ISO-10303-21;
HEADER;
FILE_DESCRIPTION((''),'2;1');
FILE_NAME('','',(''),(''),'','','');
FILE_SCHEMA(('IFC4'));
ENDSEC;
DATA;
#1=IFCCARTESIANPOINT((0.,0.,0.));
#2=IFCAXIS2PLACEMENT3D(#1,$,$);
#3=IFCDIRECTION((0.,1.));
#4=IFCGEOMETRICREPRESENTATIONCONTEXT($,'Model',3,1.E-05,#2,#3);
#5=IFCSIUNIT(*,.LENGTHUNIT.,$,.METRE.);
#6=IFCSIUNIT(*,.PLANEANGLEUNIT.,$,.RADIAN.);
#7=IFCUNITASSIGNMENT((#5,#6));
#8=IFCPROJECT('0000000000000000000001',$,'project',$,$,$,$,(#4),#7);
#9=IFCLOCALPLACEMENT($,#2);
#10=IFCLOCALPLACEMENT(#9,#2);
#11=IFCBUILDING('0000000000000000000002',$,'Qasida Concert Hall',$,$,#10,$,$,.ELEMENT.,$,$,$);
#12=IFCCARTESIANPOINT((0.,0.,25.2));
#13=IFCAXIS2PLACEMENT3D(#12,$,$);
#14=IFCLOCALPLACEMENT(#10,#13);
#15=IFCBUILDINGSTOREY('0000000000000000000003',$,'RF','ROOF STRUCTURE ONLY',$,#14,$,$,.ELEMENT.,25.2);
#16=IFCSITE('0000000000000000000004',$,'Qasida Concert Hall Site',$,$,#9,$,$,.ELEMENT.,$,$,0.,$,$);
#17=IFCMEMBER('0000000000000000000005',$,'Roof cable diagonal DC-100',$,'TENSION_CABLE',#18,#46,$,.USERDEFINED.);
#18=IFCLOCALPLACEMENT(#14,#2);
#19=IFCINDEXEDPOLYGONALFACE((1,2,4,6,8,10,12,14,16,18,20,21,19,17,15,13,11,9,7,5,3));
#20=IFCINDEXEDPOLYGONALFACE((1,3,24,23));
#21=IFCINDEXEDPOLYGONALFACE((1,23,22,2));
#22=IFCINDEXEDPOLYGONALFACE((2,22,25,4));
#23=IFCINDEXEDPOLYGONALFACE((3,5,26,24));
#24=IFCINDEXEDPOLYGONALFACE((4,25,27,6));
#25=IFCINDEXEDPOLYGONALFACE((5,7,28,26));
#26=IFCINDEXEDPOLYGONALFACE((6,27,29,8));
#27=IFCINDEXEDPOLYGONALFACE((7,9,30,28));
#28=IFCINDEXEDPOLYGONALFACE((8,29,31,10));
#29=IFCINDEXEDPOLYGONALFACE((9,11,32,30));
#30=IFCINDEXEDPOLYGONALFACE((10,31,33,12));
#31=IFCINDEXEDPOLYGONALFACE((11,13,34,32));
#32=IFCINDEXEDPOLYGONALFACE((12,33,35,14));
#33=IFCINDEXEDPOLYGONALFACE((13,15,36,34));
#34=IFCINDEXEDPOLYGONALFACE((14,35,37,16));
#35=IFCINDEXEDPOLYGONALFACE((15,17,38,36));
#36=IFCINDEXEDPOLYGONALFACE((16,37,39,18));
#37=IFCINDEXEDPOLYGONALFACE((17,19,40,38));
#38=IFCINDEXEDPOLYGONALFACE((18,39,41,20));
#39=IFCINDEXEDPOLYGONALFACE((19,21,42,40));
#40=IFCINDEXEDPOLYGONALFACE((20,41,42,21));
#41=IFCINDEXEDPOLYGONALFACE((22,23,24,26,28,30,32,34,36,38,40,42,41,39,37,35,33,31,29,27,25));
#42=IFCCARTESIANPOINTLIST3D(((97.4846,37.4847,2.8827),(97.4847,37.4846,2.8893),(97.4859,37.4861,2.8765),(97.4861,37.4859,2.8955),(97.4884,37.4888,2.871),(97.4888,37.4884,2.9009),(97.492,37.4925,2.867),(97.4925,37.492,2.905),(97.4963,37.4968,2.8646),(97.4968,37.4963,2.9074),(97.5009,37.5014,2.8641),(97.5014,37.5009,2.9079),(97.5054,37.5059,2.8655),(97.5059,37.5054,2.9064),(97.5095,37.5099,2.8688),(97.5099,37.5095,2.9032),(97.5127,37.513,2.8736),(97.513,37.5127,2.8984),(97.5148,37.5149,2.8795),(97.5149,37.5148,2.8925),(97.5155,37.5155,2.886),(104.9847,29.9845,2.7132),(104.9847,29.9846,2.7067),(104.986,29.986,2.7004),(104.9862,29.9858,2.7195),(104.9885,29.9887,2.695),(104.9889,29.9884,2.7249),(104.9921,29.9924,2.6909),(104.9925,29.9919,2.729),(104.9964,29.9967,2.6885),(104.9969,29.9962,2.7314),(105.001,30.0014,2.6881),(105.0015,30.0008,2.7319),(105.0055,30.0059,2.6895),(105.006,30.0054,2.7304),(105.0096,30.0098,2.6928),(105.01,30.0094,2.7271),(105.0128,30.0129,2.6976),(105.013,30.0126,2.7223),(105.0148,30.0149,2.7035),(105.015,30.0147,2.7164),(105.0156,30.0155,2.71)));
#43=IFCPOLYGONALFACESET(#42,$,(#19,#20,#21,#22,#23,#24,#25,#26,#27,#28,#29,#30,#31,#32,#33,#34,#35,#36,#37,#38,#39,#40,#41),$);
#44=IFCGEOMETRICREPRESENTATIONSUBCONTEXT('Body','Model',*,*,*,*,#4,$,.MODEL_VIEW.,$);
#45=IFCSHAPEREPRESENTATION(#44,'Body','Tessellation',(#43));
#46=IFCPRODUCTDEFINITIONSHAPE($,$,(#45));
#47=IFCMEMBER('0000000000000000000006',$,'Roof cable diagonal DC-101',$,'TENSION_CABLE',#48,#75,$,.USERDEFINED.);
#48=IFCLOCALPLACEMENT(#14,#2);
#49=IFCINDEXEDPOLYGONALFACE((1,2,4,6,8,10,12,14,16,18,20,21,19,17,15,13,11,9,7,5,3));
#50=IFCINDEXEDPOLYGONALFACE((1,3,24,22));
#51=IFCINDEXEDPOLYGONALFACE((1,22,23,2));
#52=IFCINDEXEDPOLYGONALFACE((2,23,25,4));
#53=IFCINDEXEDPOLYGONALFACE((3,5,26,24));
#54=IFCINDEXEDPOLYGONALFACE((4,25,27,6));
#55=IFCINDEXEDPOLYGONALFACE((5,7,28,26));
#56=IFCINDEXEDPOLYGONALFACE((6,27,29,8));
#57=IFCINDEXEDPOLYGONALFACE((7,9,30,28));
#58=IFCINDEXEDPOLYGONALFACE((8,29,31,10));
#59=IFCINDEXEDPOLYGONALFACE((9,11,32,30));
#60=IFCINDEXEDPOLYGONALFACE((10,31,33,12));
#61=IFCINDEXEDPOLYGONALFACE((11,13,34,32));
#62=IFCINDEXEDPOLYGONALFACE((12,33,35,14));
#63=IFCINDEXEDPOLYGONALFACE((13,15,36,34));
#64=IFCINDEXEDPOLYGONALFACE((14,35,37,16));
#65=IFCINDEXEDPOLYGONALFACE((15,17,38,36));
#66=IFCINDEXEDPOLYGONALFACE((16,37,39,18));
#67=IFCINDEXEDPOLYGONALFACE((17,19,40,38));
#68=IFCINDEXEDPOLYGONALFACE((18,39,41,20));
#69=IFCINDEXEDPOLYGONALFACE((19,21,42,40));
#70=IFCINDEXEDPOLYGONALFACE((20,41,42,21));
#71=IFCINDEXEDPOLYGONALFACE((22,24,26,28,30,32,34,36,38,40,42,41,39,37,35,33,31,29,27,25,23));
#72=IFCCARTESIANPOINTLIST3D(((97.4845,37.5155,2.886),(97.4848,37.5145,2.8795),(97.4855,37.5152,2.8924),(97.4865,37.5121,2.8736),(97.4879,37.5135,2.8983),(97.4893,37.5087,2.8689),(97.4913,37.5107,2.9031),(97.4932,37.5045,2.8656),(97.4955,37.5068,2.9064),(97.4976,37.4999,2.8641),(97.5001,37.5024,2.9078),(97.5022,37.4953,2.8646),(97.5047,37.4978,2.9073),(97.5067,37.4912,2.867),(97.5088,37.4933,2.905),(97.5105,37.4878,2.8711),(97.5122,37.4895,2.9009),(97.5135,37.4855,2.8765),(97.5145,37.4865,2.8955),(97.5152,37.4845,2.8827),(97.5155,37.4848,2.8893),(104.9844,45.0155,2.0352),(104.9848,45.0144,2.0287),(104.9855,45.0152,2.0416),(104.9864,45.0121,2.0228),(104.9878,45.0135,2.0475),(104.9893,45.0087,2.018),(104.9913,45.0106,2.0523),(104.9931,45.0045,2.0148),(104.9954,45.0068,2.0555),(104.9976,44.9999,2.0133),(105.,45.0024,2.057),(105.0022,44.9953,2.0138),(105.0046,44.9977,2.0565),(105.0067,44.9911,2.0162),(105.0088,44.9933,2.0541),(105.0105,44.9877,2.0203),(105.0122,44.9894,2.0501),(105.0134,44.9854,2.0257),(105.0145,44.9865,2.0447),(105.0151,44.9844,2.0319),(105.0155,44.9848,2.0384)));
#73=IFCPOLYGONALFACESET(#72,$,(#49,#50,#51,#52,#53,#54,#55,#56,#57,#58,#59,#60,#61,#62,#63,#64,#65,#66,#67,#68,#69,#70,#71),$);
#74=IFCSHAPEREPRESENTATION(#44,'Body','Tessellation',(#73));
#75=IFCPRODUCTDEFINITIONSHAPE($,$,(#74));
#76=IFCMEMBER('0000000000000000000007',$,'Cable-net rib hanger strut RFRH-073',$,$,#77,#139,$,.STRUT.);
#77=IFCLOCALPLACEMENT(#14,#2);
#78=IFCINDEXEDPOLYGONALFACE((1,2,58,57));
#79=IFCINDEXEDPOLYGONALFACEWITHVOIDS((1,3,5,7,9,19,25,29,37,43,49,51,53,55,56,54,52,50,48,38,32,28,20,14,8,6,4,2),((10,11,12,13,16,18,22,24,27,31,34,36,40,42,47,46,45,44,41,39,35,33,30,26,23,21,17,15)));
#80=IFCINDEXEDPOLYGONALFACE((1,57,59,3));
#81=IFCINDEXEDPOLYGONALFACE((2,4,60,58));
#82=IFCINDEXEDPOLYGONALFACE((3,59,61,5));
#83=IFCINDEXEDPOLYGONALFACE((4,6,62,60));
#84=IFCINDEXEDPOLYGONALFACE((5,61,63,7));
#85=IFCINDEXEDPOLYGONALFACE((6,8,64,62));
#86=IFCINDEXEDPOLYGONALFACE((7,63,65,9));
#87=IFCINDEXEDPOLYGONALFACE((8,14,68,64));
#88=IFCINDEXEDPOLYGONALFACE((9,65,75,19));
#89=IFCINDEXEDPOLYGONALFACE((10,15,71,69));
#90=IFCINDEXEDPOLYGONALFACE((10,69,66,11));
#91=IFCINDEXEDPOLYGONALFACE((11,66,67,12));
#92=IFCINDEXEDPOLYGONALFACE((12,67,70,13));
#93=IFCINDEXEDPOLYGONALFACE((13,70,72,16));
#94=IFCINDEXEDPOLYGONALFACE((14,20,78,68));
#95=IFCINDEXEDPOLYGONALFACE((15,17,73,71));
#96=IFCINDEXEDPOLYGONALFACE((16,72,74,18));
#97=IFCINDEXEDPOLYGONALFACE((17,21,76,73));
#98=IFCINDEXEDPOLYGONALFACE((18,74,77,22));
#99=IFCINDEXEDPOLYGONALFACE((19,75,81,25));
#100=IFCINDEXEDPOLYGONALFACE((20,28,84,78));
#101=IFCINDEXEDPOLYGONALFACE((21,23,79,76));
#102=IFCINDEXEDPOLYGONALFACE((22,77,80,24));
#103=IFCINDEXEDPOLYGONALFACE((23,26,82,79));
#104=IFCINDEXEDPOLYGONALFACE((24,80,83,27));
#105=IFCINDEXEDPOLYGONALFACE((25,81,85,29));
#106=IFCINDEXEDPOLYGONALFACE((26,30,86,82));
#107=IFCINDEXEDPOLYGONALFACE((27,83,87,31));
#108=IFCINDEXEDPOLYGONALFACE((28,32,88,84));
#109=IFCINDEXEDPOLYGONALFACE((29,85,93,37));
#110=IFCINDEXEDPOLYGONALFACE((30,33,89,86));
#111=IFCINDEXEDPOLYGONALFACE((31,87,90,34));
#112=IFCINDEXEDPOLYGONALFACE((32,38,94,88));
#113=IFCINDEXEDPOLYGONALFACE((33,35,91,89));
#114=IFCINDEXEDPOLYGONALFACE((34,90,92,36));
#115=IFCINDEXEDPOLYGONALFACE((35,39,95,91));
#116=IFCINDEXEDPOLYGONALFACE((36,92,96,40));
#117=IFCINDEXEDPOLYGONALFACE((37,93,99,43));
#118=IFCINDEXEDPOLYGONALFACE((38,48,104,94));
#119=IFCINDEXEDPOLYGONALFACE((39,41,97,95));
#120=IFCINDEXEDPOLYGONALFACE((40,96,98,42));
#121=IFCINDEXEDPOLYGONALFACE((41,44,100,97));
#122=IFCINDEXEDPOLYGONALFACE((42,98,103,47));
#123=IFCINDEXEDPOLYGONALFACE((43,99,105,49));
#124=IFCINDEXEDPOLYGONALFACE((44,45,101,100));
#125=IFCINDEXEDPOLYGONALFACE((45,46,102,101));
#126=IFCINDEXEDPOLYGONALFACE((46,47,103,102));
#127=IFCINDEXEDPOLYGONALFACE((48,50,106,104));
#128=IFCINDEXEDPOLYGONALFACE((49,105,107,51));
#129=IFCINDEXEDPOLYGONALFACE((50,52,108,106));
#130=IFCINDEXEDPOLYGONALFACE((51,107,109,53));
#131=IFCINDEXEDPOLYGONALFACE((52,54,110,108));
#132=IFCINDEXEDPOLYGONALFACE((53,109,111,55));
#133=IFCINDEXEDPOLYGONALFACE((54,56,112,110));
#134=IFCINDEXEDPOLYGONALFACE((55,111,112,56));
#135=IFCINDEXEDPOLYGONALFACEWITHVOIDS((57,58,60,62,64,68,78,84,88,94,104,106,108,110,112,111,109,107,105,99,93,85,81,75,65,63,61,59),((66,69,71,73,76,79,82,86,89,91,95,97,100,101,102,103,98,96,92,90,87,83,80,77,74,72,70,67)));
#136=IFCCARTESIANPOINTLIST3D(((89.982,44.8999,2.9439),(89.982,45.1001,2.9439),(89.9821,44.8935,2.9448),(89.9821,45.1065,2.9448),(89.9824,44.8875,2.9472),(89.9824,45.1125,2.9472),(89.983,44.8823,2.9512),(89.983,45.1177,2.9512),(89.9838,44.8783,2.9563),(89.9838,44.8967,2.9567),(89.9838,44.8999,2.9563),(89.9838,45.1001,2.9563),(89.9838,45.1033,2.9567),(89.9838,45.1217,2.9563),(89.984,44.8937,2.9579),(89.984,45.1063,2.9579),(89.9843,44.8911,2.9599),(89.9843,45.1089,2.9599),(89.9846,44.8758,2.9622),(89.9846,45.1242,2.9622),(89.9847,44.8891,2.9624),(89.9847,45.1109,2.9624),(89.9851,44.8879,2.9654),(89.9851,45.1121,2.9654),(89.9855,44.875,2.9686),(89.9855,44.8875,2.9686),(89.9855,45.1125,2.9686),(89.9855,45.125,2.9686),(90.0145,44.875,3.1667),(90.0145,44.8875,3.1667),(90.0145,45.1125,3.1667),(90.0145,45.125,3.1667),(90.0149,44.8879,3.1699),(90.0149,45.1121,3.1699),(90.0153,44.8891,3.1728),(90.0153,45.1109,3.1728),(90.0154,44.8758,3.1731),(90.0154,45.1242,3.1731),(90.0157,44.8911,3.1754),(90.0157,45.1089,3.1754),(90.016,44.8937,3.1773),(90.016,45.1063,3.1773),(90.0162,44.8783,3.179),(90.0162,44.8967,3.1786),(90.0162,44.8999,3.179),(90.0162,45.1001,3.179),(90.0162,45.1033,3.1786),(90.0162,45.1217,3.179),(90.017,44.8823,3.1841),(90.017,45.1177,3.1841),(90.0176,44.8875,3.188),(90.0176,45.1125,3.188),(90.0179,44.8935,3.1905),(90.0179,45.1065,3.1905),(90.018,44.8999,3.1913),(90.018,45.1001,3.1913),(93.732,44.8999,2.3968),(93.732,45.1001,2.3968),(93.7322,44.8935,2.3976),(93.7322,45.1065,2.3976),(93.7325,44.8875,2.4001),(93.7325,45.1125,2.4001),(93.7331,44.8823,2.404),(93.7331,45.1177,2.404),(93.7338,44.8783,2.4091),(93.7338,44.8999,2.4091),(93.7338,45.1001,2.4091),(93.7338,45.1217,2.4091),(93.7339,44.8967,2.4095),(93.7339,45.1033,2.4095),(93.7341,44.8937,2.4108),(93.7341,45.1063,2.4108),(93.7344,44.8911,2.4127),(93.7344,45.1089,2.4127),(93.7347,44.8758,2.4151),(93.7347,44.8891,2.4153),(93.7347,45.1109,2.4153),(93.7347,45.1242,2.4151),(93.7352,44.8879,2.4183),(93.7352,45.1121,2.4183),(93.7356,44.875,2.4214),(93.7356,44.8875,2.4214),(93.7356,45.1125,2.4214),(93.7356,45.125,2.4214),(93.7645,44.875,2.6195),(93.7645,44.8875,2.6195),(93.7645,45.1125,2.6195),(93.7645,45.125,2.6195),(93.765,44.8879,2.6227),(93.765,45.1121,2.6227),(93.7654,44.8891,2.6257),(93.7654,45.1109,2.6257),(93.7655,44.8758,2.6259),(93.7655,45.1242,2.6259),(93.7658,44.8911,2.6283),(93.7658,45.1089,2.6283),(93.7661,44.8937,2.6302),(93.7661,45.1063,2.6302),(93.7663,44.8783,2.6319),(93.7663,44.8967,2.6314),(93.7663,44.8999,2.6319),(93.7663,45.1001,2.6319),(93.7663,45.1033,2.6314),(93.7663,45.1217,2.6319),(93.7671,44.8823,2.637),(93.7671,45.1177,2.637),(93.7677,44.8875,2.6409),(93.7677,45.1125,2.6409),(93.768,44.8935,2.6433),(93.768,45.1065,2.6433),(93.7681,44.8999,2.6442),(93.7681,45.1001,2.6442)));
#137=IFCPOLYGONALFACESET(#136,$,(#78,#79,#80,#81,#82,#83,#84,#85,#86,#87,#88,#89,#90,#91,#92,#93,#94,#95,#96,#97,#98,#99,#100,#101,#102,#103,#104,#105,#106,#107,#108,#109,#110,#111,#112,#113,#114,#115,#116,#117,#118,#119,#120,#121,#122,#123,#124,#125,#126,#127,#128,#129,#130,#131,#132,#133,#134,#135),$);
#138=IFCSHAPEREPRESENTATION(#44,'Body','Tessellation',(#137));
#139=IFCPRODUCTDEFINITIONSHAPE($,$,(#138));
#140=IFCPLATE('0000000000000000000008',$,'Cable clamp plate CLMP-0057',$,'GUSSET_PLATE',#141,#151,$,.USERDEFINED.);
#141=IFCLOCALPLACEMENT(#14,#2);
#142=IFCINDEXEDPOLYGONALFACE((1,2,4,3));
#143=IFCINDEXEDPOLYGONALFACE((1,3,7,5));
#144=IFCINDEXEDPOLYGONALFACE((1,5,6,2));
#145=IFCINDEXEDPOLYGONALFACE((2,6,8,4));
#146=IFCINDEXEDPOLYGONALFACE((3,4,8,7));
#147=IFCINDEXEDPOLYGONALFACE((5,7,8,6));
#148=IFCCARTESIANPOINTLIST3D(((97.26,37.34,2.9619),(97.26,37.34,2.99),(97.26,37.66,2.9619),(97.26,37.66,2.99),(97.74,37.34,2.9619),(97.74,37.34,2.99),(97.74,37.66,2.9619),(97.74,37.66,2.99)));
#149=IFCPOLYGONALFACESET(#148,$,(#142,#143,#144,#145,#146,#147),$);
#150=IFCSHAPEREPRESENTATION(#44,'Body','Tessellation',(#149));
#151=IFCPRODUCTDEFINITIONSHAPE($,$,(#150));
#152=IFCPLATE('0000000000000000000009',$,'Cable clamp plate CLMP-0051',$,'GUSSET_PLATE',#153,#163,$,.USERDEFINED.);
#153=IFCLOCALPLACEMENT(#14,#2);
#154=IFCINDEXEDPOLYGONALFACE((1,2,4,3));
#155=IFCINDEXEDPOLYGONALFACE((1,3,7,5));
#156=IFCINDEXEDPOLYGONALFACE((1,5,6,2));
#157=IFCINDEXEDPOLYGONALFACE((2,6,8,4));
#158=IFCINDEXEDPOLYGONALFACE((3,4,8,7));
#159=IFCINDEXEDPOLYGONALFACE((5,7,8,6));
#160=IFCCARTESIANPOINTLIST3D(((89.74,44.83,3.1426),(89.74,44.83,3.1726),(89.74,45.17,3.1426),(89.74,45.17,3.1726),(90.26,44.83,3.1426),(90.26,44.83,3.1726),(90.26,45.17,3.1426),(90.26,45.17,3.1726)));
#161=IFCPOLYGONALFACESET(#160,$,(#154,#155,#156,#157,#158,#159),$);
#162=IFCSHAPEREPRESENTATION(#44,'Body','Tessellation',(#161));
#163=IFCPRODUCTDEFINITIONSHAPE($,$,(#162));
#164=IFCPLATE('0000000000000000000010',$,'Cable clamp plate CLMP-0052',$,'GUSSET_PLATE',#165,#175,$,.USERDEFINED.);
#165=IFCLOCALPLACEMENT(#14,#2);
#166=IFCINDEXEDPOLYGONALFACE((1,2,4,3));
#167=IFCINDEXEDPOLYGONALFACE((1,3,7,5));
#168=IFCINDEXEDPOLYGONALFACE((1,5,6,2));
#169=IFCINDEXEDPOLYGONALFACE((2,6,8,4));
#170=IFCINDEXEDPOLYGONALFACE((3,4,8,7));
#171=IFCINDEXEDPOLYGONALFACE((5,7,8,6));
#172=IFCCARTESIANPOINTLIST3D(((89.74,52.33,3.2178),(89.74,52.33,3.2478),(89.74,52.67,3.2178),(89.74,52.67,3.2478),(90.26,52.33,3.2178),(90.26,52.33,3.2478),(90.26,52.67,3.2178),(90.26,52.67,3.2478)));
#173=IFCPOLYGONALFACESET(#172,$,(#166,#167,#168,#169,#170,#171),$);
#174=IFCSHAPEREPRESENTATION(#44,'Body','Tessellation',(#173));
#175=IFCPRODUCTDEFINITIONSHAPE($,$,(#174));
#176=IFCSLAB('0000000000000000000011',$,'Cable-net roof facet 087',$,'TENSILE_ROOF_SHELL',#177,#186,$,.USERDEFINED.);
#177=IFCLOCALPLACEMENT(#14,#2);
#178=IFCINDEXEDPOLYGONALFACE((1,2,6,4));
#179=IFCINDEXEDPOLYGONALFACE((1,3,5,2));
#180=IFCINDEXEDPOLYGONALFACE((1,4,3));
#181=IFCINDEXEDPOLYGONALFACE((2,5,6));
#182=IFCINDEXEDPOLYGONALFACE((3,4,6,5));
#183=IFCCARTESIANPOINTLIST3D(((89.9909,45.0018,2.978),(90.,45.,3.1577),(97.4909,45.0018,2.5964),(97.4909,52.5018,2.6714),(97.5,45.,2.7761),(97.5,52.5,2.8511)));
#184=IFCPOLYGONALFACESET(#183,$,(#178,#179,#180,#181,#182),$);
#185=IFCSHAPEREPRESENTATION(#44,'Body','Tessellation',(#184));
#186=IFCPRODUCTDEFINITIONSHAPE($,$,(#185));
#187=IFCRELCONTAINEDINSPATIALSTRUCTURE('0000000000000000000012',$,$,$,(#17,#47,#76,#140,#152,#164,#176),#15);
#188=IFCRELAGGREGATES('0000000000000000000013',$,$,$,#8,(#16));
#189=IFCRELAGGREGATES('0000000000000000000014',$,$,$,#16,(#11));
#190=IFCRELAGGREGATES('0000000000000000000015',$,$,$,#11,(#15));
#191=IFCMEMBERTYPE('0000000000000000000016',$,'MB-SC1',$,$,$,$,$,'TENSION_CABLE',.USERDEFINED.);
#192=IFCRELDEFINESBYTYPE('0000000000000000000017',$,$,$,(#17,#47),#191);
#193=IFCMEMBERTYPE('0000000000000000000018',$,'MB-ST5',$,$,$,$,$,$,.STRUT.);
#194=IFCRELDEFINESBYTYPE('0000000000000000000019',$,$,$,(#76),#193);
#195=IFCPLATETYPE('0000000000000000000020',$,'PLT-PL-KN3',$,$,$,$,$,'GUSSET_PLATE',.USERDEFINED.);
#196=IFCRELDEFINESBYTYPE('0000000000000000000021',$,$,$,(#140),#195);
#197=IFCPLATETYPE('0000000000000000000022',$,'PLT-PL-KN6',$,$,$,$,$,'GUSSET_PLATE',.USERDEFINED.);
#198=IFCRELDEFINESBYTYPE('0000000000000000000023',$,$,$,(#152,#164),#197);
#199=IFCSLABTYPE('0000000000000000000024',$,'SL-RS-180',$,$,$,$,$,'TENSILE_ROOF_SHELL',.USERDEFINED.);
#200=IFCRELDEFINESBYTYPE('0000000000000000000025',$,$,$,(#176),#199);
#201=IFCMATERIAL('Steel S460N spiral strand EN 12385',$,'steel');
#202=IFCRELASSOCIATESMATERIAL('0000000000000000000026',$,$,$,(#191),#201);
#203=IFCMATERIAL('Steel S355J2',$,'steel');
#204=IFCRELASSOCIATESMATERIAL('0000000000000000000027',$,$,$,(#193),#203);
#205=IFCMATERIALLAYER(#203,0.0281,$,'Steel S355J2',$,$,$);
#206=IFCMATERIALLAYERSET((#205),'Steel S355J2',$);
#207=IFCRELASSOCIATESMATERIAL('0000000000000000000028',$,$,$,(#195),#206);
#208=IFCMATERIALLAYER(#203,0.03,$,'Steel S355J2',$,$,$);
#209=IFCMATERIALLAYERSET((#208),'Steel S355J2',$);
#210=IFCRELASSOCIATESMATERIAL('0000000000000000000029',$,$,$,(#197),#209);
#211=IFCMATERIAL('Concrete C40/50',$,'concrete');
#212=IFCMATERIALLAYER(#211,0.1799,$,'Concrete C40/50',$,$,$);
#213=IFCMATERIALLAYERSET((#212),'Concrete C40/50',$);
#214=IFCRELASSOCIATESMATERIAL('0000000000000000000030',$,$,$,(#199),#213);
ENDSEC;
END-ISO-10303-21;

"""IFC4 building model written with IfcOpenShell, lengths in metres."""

from ifc_helpers import new_model, si_unit, direction, frame, origin, origin_2d, place, context, subcontext, project, spatial, polyline, rectangle, hollow_rectangle, circle, outline, extrude, material, layer, layer_set, material_profile, profile_set, type_object, element, save


model = new_model("IFC4")

# Units and contexts
model_context = context("Model", 3, precision=1e-05, world=origin(), true_north=direction((0.0, 1.0)))
body_context = subcontext(model_context, "Body", "Model", "MODEL_VIEW")
ifc_project = project(units=[si_unit("LENGTHUNIT", "METRE"), si_unit("PLANEANGLEUNIT", "RADIAN")], contexts=[model_context])

# Site, building, storey
site_placement = place(None, origin())
site = spatial("IfcSite", under=ifc_project, at=site_placement, Name="Qasida Concert Hall Site", CompositionType="ELEMENT", RefElevation=0.0)
building_placement = place(site_placement, origin())
building = spatial("IfcBuilding", under=site, at=building_placement, Name="Qasida Concert Hall", CompositionType="ELEMENT")
storey_placement = place(building_placement, frame((0.0, 0.0, 25.2)))
storey = spatial("IfcBuildingStorey", under=building, at=storey_placement, Name="RF", Description="ROOF STRUCTURE ONLY", CompositionType="ELEMENT", Elevation=25.2)

# Members
ifc_material_1 = material(Name="Steel S460N spiral strand EN 12385", Category="steel")
ifc_material_2 = material(Name="Steel S355J2", Category="steel")
ifc_material_profile_1 = material_profile(ifc_material_1, circle(Radius=0.022, at=origin_2d()), Name="STRAND D44")
ifc_profile_set_1 = profile_set([ifc_material_profile_1], Name="Steel S460N spiral strand EN 12385")
member_type_1 = type_object("IfcMemberType", Name="MB-SC1", ElementType="TENSION_CABLE", PredefinedType="USERDEFINED", material=ifc_profile_set_1)
member_1_placement = place(storey_placement, frame((97.5, 37.5, 2.886), z_axis=(0.707009, -0.707009, -0.016594), x_axis=(0.707107, 0.707107, 0.0)))
element("IfcMember", 1, at=member_1_placement, inside=storey, type_object=member_type_1, Name="Roof cable diagonal DC-100", ObjectType="TENSION_CABLE", PredefinedType="USERDEFINED", context=body_context, shape_type="SweptSolid", body=[
    extrude(circle(Radius=0.022, at=origin_2d()), origin(), (0.0, 0.0, 1.0), 10.6082),
])
member_2_placement = place(storey_placement, frame((97.5, 37.5, 2.886), z_axis=(0.704843, 0.704843, -0.07996), x_axis=(-0.707107, 0.707107, 0.0)))
element("IfcMember", 2, at=member_2_placement, inside=storey, type_object=member_type_1, Name="Roof cable diagonal DC-101", ObjectType="TENSION_CABLE", PredefinedType="USERDEFINED", context=body_context, shape_type="SweptSolid", body=[
    extrude(circle(Radius=0.022, at=origin_2d()), origin(), (0.0, 0.0, 1.0), 10.6406),
])
ifc_material_profile_2 = material_profile(ifc_material_2, hollow_rectangle(XDim=0.25, YDim=0.25, WallThickness=0.0125, InnerFilletRadius=0.0125, OuterFilletRadius=0.0249, at=origin_2d()), Name="SHS 250x250x12.5")
ifc_profile_set_2 = profile_set([ifc_material_profile_2], Name="Steel S355J2")
member_type_2 = type_object("IfcMemberType", Name="MB-ST5", PredefinedType="STRUT", material=ifc_profile_set_2)
member_3_placement = place(storey_placement, frame((90.0, 45.0, 3.0676), z_axis=(0.989524, 0.0, -0.14437), x_axis=(0.0, 1.0, 0.0)))
element("IfcMember", 3, at=member_3_placement, inside=storey, type_object=member_type_2, Name="Cable-net rib hanger strut RFRH-073", PredefinedType="STRUT", context=body_context, shape_type="SweptSolid", body=[
    extrude(hollow_rectangle(XDim=0.25, YDim=0.25, WallThickness=0.0125, InnerFilletRadius=0.0125, OuterFilletRadius=0.0249, at=origin_2d()), origin(), (0.0, 0.0, 1.0), 3.7898),
])

# Plates
ifc_layer_1 = layer(ifc_material_2, 0.0281, Name="Steel S355J2")
ifc_layer_set_1 = layer_set([ifc_layer_1], Name="Steel S355J2")
plate_type_1 = type_object("IfcPlateType", Name="PLT-PL-KN3", ElementType="GUSSET_PLATE", PredefinedType="USERDEFINED", material=ifc_layer_set_1)
plate_placement = place(storey_placement, frame((97.5, 37.5, 2.9619), z_axis=(0.0, 0.0, 1.0), x_axis=(1.0, 0.0, 0.0)))
element("IfcPlate", 4, at=plate_placement, inside=storey, type_object=plate_type_1, Name="Cable clamp plate CLMP-0057", ObjectType="GUSSET_PLATE", PredefinedType="USERDEFINED", context=body_context, shape_type="SweptSolid", body=[
    extrude(rectangle(XDim=0.48, YDim=0.3201, at=origin_2d()), origin(), (0.0, 0.0, 1.0), 0.0281),
])
ifc_layer_2 = layer(ifc_material_2, 0.03, Name="Steel S355J2")
ifc_layer_set_2 = layer_set([ifc_layer_2], Name="Steel S355J2")
plate_type_2 = type_object("IfcPlateType", Name="PLT-PL-KN6", ElementType="GUSSET_PLATE", PredefinedType="USERDEFINED", material=ifc_layer_set_2)
for number, where, z_axis, x_axis, name in (
    (5, (90.0, 45.0, 3.1426), (0.0, 0.0, 1.0), (1.0, 0.0, 0.0), "Cable clamp plate CLMP-0051"),
    (6, (90.0, 52.5, 3.2178), (0.0, 0.0, 1.0), (1.0, 0.0, 0.0), "Cable clamp plate CLMP-0052"),
):
    element("IfcPlate", number, at=place(storey_placement, frame(where, z_axis=z_axis, x_axis=x_axis)), inside=storey, type_object=plate_type_2, Name=name, ObjectType="GUSSET_PLATE", PredefinedType="USERDEFINED", context=body_context, shape_type="SweptSolid", body=[
        extrude(rectangle(XDim=0.52, YDim=0.3401, at=origin_2d()), origin(), (0.0, 0.0, 1.0), 0.03),
    ])

# Slab
ifc_material_3 = material(Name="Concrete C40/50", Category="concrete")
ifc_layer_3 = layer(ifc_material_3, 0.1799, Name="Concrete C40/50")
ifc_layer_set_3 = layer_set([ifc_layer_3], Name="Concrete C40/50")
slab_type = type_object("IfcSlabType", Name="SL-RS-180", ElementType="TENSILE_ROOF_SHELL", PredefinedType="USERDEFINED", material=ifc_layer_set_3)
slab_1_placement = place(storey_placement, frame((90.0, 45.0, 3.1577), z_axis=(0.050811, -0.00998, 0.998658), x_axis=(0.998708, 0.0, -0.050813)))
element("IfcSlab", 7, at=slab_1_placement, inside=storey, type_object=slab_type, Name="Cable-net roof facet 087", ObjectType="TENSILE_ROOF_SHELL", PredefinedType="USERDEFINED", context=body_context, shape_type="SweptSolid", body=[
    extrude(outline(polyline([(0.0, 0.0), (7.5097, 0.0), (7.5059, 7.5004), (0.0, 0.0)])), origin(), (0.0, 0.0, -1.0), 0.1799),
])

save(model, "model.ifc")
